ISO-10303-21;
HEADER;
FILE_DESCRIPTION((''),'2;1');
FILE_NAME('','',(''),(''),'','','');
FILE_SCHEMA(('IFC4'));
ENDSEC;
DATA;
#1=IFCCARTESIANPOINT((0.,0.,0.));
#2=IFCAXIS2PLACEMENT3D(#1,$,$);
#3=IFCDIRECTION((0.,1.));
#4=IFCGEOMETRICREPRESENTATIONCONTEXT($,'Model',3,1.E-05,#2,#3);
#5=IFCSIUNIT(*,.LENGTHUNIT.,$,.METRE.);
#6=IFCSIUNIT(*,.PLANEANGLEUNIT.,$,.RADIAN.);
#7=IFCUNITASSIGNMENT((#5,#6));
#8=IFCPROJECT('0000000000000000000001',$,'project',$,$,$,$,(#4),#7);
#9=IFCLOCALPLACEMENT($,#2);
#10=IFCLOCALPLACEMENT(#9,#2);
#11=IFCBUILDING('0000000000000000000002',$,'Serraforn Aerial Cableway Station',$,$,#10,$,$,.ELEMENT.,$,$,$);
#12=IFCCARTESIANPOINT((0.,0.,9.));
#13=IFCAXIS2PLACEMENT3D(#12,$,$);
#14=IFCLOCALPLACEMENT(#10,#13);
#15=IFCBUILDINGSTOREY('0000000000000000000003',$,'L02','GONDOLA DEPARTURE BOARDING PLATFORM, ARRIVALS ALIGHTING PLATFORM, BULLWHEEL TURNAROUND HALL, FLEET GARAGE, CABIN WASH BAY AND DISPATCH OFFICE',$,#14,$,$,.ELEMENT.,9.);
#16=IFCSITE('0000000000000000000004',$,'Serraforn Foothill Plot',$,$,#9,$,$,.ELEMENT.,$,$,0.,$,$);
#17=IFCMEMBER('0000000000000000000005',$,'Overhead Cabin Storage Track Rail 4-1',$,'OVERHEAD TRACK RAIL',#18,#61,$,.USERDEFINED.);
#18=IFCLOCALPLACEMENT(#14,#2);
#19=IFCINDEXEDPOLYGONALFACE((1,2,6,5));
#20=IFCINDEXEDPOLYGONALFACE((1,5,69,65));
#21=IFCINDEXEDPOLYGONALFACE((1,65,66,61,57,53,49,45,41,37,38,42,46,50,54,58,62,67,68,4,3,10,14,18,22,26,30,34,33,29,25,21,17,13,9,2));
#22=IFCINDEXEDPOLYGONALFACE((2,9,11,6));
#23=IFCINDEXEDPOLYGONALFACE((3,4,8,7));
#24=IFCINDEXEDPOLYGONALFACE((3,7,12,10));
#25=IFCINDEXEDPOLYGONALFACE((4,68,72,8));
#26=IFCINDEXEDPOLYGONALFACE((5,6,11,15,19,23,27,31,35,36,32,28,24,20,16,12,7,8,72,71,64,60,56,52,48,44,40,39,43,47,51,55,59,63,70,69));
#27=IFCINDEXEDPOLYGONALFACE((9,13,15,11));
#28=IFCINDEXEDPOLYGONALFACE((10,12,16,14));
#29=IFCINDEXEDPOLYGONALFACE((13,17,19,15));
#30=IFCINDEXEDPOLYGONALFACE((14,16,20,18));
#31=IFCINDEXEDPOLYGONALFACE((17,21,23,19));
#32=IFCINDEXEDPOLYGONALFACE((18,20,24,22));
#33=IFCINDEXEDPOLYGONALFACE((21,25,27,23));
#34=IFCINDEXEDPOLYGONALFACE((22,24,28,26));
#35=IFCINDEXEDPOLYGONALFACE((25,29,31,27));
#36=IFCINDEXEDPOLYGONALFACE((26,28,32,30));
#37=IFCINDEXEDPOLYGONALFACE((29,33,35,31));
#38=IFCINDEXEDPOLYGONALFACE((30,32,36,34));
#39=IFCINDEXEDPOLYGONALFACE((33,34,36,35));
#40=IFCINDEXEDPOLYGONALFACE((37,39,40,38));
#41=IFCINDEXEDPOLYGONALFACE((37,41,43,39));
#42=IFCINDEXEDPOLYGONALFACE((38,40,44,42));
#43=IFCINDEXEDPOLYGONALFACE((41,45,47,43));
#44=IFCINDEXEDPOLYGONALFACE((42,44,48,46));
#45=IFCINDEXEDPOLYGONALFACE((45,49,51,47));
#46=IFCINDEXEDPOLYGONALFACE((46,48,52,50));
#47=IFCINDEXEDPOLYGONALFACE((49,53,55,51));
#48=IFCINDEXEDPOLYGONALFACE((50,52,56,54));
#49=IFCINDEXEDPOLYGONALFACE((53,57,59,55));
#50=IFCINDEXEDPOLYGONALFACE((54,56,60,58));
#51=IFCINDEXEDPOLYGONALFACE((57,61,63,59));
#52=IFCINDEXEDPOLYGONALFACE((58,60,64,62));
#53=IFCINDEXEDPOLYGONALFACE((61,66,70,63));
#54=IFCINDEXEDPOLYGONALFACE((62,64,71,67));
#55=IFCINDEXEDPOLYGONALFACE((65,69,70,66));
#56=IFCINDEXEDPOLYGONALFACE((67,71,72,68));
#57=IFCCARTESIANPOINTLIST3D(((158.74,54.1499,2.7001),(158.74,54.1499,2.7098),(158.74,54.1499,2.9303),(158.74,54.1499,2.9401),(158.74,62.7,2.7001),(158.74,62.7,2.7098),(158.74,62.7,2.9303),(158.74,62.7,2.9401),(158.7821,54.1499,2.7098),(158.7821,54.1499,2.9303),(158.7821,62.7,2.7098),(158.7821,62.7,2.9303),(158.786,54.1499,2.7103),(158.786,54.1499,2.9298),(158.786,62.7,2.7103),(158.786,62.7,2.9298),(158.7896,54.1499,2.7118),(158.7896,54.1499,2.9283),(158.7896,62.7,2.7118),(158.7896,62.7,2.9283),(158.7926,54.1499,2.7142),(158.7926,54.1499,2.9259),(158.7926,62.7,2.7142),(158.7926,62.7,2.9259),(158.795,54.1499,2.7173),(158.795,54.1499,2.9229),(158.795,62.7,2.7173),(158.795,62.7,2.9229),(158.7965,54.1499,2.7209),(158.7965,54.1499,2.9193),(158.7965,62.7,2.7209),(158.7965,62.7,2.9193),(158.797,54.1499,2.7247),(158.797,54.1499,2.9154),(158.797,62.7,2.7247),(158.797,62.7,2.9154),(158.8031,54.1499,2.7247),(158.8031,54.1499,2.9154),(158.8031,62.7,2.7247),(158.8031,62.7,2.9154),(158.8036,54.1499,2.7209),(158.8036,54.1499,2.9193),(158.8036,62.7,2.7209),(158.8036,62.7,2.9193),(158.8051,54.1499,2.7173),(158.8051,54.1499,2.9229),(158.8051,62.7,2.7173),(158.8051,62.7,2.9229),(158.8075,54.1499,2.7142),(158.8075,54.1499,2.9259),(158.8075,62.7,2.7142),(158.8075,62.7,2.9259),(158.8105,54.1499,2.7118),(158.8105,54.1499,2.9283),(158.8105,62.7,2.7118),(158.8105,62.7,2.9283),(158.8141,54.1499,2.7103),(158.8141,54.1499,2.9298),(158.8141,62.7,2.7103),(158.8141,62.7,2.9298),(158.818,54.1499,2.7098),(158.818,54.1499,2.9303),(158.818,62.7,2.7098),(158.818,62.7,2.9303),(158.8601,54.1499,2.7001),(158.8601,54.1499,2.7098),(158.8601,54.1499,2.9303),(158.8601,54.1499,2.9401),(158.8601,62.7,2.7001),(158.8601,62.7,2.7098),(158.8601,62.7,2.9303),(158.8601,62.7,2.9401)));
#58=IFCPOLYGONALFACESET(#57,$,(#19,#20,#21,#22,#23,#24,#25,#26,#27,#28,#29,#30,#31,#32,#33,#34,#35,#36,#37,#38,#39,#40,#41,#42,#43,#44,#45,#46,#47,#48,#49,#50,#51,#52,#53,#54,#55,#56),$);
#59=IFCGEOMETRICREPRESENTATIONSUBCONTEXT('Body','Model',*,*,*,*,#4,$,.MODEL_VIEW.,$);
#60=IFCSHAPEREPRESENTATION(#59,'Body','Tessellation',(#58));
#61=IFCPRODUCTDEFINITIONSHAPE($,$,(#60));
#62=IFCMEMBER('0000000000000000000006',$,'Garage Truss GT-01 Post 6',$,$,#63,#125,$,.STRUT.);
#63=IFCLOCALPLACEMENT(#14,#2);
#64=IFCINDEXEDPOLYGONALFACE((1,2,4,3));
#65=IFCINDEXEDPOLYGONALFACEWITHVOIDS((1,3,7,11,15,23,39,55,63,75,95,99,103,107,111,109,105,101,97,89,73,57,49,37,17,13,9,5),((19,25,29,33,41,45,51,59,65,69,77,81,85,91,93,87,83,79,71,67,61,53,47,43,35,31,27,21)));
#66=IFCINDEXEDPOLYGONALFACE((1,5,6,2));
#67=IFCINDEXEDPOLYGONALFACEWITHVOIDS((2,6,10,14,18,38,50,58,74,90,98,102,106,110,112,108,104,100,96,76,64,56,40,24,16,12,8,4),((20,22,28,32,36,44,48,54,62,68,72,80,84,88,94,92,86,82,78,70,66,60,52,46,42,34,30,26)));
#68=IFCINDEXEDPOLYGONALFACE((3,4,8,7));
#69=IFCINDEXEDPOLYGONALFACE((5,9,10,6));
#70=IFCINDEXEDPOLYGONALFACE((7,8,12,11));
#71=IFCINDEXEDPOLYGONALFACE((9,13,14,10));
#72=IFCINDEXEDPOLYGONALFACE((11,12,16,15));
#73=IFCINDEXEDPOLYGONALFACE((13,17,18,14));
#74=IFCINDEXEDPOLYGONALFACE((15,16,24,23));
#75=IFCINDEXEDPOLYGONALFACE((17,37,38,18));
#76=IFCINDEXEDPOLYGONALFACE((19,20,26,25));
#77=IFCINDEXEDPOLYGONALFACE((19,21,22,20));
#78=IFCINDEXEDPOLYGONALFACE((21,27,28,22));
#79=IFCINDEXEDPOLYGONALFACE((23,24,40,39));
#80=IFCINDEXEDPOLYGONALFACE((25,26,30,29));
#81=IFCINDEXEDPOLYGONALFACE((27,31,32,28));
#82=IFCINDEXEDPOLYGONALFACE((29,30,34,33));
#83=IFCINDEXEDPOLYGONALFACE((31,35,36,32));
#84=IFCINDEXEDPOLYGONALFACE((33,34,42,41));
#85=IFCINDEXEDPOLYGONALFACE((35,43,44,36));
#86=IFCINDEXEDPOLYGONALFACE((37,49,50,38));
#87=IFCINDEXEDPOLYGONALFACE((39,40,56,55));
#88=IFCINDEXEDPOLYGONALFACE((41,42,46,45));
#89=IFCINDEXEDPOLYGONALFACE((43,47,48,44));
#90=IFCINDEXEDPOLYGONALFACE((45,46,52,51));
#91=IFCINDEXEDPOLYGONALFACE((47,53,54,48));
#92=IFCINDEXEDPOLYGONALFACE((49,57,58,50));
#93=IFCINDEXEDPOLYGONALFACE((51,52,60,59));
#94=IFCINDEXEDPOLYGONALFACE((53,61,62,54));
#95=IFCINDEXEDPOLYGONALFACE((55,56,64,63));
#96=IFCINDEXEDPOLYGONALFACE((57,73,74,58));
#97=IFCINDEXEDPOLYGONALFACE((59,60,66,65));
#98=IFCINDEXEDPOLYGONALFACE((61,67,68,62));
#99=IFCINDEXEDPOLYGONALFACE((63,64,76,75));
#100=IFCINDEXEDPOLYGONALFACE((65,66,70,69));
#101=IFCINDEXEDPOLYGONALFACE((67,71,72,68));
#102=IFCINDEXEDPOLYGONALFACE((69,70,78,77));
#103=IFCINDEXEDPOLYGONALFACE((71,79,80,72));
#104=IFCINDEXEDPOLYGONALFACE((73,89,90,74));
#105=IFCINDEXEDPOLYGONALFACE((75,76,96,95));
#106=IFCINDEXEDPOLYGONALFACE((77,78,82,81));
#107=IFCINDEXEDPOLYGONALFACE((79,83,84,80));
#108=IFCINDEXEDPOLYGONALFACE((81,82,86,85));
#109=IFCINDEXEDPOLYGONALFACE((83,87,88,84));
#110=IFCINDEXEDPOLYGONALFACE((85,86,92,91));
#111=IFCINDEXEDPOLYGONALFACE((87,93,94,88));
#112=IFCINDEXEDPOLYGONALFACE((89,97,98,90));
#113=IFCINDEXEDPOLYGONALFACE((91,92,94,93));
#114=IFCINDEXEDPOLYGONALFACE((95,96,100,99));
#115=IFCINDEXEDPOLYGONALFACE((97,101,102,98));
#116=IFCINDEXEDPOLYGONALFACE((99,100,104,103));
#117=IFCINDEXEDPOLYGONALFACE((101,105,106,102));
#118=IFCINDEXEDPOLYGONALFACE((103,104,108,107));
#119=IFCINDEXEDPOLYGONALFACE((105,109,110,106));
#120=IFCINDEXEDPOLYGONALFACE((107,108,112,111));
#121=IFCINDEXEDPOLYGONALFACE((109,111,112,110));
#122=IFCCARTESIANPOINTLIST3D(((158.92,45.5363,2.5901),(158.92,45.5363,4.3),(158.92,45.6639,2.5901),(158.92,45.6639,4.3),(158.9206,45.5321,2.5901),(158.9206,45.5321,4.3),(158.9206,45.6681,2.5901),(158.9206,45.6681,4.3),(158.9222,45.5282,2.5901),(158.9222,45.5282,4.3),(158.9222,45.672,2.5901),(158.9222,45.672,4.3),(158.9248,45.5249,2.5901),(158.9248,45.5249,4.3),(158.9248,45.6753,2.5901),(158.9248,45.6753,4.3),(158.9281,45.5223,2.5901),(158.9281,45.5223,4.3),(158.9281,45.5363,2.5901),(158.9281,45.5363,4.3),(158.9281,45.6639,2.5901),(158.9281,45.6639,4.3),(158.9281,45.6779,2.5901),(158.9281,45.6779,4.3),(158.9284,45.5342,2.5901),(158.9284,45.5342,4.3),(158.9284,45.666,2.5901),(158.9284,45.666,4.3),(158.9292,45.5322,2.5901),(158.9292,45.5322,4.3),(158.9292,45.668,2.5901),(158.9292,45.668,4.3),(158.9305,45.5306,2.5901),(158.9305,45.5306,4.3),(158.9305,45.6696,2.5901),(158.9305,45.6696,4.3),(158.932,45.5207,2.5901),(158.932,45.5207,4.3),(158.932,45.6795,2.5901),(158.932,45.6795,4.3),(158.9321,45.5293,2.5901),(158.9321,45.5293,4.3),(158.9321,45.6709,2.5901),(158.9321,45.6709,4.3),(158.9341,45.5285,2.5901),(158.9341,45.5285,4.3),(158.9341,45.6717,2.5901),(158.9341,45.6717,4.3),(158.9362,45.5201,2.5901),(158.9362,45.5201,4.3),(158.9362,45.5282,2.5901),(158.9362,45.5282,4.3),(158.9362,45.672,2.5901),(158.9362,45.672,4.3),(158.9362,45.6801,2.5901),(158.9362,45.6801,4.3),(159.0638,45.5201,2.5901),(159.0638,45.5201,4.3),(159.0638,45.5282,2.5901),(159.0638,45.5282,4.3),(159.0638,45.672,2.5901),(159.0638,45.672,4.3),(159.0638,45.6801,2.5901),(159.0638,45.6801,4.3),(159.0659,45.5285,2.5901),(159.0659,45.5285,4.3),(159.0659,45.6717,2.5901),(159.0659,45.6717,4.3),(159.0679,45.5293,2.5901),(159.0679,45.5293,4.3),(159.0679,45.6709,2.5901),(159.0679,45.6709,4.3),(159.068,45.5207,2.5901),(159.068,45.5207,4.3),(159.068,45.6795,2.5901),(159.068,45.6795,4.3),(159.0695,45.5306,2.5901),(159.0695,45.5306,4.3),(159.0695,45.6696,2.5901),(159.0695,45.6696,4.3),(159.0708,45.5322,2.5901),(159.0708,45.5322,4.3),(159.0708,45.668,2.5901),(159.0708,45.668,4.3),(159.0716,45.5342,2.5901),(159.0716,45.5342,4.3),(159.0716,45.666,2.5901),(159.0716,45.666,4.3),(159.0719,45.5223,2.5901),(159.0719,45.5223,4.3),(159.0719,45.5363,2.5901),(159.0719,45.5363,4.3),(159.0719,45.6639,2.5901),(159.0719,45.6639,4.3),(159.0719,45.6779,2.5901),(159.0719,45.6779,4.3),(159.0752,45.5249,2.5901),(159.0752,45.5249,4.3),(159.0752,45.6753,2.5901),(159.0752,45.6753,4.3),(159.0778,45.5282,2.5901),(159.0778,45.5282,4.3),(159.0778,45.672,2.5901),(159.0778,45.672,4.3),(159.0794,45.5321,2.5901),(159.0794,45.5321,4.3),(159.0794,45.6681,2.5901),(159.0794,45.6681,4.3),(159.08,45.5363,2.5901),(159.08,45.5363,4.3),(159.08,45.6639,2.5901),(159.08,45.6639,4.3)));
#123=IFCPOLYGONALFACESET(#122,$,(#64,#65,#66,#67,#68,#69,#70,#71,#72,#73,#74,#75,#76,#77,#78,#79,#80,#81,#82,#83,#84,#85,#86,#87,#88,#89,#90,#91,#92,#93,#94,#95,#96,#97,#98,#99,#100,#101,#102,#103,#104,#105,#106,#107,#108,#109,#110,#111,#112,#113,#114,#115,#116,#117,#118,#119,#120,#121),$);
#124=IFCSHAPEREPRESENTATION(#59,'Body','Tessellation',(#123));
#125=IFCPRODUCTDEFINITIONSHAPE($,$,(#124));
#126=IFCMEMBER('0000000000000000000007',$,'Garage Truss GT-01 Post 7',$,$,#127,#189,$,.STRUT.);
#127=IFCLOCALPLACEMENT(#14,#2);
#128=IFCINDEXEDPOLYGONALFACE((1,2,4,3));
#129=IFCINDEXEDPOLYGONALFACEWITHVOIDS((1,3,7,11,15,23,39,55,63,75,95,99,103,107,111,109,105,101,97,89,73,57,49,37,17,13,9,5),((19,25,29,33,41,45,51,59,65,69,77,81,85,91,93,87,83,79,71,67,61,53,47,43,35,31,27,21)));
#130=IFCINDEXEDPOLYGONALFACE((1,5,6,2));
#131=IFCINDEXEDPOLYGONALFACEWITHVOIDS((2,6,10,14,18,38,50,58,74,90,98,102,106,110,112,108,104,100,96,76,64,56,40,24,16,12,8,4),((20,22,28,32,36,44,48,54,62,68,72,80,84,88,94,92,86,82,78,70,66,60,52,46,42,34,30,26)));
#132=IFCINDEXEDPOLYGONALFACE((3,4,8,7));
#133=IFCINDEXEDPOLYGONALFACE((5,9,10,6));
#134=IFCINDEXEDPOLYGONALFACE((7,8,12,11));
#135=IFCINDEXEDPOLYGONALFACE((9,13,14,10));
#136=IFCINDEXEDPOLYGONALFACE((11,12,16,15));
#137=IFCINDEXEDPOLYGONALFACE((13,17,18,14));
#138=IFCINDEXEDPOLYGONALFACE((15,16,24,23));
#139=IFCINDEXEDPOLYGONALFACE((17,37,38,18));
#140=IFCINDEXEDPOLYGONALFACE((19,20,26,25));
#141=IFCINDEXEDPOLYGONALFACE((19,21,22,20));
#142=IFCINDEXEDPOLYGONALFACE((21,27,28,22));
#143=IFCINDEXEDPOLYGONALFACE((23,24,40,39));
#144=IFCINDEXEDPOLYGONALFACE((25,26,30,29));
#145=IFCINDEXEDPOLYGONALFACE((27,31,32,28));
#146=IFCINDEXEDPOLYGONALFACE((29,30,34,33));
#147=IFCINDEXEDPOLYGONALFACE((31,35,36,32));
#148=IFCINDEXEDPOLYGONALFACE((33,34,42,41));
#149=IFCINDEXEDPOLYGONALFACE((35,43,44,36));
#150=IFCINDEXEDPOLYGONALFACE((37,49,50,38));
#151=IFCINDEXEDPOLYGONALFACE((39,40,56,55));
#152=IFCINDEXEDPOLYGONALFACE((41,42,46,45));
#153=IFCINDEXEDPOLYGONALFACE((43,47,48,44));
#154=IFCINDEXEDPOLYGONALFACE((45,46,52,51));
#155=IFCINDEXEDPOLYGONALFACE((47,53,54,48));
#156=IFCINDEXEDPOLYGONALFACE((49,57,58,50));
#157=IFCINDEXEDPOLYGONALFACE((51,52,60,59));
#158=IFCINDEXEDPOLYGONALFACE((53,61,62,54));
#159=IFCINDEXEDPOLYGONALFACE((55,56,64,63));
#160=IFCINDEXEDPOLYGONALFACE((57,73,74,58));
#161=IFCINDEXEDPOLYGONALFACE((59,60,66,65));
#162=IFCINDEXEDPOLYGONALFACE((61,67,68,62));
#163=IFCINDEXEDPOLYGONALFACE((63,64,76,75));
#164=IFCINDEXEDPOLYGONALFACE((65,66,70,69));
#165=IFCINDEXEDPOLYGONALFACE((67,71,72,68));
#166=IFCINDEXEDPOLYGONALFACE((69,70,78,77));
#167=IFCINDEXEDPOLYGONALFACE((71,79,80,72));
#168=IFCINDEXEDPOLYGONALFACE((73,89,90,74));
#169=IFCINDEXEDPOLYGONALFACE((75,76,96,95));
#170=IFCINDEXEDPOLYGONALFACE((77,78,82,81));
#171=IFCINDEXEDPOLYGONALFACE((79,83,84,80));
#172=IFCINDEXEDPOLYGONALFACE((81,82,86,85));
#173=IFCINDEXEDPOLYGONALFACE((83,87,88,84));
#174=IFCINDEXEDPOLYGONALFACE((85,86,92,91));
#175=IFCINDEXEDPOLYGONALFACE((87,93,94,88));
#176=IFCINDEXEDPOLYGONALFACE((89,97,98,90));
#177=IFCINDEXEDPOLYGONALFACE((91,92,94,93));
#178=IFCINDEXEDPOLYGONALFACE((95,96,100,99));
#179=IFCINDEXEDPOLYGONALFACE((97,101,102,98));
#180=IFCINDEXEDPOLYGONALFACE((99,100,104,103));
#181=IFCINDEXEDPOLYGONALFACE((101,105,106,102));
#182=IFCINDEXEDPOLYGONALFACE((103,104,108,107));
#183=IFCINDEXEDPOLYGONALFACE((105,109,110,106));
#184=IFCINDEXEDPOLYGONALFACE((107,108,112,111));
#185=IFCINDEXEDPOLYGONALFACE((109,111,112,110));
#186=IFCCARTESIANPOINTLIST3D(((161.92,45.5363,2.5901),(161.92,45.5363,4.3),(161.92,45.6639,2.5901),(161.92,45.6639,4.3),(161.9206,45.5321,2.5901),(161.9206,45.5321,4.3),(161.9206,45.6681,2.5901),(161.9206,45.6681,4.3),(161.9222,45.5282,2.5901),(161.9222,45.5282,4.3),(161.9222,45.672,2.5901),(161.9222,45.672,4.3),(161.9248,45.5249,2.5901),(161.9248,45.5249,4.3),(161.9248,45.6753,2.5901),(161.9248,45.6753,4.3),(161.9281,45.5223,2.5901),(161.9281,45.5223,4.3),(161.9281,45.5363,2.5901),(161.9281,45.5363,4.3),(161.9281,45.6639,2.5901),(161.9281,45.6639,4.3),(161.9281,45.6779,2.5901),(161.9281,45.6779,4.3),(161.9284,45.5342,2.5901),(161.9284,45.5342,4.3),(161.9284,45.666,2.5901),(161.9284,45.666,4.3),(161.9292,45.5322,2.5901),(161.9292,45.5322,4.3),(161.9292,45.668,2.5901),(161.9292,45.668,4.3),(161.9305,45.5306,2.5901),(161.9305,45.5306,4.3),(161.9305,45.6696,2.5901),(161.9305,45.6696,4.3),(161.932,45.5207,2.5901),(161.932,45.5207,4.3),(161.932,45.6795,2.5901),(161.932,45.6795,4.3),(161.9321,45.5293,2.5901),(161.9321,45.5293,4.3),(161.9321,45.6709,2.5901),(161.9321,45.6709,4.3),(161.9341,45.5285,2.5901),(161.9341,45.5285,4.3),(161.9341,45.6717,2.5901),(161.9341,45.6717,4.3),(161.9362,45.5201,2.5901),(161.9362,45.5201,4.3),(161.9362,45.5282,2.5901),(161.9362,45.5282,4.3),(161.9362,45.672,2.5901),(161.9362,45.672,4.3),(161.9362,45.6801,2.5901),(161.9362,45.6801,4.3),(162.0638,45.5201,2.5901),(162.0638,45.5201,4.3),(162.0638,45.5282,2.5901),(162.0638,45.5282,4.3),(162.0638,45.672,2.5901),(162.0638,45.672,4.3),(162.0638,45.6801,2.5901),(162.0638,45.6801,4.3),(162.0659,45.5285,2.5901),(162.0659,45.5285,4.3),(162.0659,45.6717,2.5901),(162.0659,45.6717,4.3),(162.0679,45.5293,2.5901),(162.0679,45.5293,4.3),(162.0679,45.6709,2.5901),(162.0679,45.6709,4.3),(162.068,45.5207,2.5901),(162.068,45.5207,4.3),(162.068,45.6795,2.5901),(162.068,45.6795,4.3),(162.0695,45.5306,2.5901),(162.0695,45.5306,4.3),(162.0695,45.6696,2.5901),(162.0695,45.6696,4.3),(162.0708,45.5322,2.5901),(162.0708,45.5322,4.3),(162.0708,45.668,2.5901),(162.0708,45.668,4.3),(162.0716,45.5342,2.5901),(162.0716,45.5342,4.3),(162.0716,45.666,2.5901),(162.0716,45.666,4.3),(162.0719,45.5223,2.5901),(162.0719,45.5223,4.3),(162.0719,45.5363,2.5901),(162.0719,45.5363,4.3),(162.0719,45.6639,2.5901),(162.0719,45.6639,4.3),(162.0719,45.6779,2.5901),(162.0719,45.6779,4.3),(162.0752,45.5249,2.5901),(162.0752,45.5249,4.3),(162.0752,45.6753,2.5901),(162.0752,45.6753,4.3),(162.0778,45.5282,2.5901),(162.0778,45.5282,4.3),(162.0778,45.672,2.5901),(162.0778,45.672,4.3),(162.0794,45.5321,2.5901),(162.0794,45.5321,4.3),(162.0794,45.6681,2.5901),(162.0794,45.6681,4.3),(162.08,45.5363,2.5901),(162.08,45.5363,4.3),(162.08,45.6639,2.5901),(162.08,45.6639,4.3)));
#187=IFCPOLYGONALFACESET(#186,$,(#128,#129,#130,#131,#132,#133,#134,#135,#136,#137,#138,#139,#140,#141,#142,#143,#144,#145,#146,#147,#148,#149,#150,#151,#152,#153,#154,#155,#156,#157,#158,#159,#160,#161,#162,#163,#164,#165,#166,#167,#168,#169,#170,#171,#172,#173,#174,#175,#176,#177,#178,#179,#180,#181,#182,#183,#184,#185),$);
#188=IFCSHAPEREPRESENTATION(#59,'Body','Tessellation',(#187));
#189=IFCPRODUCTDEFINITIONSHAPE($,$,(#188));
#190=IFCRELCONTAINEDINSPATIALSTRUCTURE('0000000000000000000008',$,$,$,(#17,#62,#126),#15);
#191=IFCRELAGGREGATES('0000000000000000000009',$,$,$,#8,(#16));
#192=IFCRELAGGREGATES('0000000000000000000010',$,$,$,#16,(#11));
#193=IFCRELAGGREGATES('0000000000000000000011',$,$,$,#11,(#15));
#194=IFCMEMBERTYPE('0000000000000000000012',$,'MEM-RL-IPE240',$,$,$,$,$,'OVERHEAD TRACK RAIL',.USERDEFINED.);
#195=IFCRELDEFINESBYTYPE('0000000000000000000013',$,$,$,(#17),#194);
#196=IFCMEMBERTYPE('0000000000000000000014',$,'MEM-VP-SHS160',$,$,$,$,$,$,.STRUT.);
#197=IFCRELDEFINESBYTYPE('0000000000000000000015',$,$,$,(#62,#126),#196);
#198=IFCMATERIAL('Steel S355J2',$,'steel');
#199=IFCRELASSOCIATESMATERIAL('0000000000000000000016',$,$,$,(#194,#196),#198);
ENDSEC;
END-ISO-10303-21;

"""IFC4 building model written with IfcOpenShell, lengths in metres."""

from ifc_helpers import new_model, si_unit, direction, frame, origin, origin_2d, place, context, subcontext, project, spatial, hollow_rectangle, i_section, extrude, material, material_profile, profile_set, type_object, element, save


model = new_model("IFC4")

# Units and contexts
model_context = context("Model", 3, precision=1e-05, world=origin(), true_north=direction((0.0, 1.0)))
body_context = subcontext(model_context, "Body", "Model", "MODEL_VIEW")
ifc_project = project(units=[si_unit("LENGTHUNIT", "METRE"), si_unit("PLANEANGLEUNIT", "RADIAN")], contexts=[model_context])

# Site, building, storey
site_placement = place(None, origin())
site = spatial("IfcSite", under=ifc_project, at=site_placement, Name="Serraforn Foothill Plot", CompositionType="ELEMENT", RefElevation=0.0)
building_placement = place(site_placement, origin())
building = spatial("IfcBuilding", under=site, at=building_placement, Name="Serraforn Aerial Cableway Station", CompositionType="ELEMENT")
storey_placement = place(building_placement, frame((0.0, 0.0, 9.0)))
storey = spatial("IfcBuildingStorey", under=building, at=storey_placement, Name="L02", Description="GONDOLA DEPARTURE BOARDING PLATFORM, ARRIVALS ALIGHTING PLATFORM, BULLWHEEL TURNAROUND HALL, FLEET GARAGE, CABIN WASH BAY AND DISPATCH OFFICE", CompositionType="ELEMENT", Elevation=9.0)

# Members
ifc_material_1 = material(Name="Steel S355J2", Category="steel")
ifc_material_profile_1 = material_profile(ifc_material_1, i_section(OverallWidth=0.1201, OverallDepth=0.24, WebThickness=0.0061, FlangeThickness=0.0098, FilletRadius=0.0149, at=origin_2d()), Name="IPE 240")
ifc_profile_set_1 = profile_set([ifc_material_profile_1], Name="Steel S355J2")
member_type_1 = type_object("IfcMemberType", Name="MEM-RL-IPE240", ElementType="OVERHEAD TRACK RAIL", PredefinedType="USERDEFINED", material=ifc_profile_set_1)
member_1_placement = place(storey_placement, frame((158.8, 54.1499, 2.8201), z_axis=(0.0, 1.0, 0.0), x_axis=(-1.0, 0.0, 0.0)))
element("IfcMember", 1, at=member_1_placement, inside=storey, type_object=member_type_1, Name="Overhead Cabin Storage Track Rail 4-1", ObjectType="OVERHEAD TRACK RAIL", PredefinedType="USERDEFINED", context=body_context, shape_type="SweptSolid", body=[
    extrude(i_section(OverallWidth=0.1201, OverallDepth=0.24, WebThickness=0.0061, FlangeThickness=0.0098, FilletRadius=0.0149, at=origin_2d()), origin(), (0.0, 0.0, 1.0), 8.55),
])
ifc_material_profile_2 = material_profile(ifc_material_1, hollow_rectangle(XDim=0.1599, YDim=0.1599, WallThickness=0.0081, InnerFilletRadius=0.0081, OuterFilletRadius=0.0161, at=origin_2d()), Name="SHS 160x160x8.0")
ifc_profile_set_2 = profile_set([ifc_material_profile_2], Name="Steel S355J2")
member_type_2 = type_object("IfcMemberType", Name="MEM-VP-SHS160", PredefinedType="STRUT", material=ifc_profile_set_2)
for number, where, z_axis, x_axis, name in (
    (2, (159.0, 45.6001, 2.5901), (0.0, 0.0, 1.0), (1.0, 0.0, 0.0), "Garage Truss GT-01 Post 6"),
    (3, (162.0, 45.6001, 2.5901), (0.0, 0.0, 1.0), (1.0, 0.0, 0.0), "Garage Truss GT-01 Post 7"),
):
    element("IfcMember", number, at=place(storey_placement, frame(where, z_axis=z_axis, x_axis=x_axis)), inside=storey, type_object=member_type_2, Name=name, PredefinedType="STRUT", context=body_context, shape_type="SweptSolid", body=[
        extrude(hollow_rectangle(XDim=0.1599, YDim=0.1599, WallThickness=0.0081, InnerFilletRadius=0.0081, OuterFilletRadius=0.0161, at=origin_2d()), origin(), (0.0, 0.0, 1.0), 1.71),
    ])

save(model, "model.ifc")
